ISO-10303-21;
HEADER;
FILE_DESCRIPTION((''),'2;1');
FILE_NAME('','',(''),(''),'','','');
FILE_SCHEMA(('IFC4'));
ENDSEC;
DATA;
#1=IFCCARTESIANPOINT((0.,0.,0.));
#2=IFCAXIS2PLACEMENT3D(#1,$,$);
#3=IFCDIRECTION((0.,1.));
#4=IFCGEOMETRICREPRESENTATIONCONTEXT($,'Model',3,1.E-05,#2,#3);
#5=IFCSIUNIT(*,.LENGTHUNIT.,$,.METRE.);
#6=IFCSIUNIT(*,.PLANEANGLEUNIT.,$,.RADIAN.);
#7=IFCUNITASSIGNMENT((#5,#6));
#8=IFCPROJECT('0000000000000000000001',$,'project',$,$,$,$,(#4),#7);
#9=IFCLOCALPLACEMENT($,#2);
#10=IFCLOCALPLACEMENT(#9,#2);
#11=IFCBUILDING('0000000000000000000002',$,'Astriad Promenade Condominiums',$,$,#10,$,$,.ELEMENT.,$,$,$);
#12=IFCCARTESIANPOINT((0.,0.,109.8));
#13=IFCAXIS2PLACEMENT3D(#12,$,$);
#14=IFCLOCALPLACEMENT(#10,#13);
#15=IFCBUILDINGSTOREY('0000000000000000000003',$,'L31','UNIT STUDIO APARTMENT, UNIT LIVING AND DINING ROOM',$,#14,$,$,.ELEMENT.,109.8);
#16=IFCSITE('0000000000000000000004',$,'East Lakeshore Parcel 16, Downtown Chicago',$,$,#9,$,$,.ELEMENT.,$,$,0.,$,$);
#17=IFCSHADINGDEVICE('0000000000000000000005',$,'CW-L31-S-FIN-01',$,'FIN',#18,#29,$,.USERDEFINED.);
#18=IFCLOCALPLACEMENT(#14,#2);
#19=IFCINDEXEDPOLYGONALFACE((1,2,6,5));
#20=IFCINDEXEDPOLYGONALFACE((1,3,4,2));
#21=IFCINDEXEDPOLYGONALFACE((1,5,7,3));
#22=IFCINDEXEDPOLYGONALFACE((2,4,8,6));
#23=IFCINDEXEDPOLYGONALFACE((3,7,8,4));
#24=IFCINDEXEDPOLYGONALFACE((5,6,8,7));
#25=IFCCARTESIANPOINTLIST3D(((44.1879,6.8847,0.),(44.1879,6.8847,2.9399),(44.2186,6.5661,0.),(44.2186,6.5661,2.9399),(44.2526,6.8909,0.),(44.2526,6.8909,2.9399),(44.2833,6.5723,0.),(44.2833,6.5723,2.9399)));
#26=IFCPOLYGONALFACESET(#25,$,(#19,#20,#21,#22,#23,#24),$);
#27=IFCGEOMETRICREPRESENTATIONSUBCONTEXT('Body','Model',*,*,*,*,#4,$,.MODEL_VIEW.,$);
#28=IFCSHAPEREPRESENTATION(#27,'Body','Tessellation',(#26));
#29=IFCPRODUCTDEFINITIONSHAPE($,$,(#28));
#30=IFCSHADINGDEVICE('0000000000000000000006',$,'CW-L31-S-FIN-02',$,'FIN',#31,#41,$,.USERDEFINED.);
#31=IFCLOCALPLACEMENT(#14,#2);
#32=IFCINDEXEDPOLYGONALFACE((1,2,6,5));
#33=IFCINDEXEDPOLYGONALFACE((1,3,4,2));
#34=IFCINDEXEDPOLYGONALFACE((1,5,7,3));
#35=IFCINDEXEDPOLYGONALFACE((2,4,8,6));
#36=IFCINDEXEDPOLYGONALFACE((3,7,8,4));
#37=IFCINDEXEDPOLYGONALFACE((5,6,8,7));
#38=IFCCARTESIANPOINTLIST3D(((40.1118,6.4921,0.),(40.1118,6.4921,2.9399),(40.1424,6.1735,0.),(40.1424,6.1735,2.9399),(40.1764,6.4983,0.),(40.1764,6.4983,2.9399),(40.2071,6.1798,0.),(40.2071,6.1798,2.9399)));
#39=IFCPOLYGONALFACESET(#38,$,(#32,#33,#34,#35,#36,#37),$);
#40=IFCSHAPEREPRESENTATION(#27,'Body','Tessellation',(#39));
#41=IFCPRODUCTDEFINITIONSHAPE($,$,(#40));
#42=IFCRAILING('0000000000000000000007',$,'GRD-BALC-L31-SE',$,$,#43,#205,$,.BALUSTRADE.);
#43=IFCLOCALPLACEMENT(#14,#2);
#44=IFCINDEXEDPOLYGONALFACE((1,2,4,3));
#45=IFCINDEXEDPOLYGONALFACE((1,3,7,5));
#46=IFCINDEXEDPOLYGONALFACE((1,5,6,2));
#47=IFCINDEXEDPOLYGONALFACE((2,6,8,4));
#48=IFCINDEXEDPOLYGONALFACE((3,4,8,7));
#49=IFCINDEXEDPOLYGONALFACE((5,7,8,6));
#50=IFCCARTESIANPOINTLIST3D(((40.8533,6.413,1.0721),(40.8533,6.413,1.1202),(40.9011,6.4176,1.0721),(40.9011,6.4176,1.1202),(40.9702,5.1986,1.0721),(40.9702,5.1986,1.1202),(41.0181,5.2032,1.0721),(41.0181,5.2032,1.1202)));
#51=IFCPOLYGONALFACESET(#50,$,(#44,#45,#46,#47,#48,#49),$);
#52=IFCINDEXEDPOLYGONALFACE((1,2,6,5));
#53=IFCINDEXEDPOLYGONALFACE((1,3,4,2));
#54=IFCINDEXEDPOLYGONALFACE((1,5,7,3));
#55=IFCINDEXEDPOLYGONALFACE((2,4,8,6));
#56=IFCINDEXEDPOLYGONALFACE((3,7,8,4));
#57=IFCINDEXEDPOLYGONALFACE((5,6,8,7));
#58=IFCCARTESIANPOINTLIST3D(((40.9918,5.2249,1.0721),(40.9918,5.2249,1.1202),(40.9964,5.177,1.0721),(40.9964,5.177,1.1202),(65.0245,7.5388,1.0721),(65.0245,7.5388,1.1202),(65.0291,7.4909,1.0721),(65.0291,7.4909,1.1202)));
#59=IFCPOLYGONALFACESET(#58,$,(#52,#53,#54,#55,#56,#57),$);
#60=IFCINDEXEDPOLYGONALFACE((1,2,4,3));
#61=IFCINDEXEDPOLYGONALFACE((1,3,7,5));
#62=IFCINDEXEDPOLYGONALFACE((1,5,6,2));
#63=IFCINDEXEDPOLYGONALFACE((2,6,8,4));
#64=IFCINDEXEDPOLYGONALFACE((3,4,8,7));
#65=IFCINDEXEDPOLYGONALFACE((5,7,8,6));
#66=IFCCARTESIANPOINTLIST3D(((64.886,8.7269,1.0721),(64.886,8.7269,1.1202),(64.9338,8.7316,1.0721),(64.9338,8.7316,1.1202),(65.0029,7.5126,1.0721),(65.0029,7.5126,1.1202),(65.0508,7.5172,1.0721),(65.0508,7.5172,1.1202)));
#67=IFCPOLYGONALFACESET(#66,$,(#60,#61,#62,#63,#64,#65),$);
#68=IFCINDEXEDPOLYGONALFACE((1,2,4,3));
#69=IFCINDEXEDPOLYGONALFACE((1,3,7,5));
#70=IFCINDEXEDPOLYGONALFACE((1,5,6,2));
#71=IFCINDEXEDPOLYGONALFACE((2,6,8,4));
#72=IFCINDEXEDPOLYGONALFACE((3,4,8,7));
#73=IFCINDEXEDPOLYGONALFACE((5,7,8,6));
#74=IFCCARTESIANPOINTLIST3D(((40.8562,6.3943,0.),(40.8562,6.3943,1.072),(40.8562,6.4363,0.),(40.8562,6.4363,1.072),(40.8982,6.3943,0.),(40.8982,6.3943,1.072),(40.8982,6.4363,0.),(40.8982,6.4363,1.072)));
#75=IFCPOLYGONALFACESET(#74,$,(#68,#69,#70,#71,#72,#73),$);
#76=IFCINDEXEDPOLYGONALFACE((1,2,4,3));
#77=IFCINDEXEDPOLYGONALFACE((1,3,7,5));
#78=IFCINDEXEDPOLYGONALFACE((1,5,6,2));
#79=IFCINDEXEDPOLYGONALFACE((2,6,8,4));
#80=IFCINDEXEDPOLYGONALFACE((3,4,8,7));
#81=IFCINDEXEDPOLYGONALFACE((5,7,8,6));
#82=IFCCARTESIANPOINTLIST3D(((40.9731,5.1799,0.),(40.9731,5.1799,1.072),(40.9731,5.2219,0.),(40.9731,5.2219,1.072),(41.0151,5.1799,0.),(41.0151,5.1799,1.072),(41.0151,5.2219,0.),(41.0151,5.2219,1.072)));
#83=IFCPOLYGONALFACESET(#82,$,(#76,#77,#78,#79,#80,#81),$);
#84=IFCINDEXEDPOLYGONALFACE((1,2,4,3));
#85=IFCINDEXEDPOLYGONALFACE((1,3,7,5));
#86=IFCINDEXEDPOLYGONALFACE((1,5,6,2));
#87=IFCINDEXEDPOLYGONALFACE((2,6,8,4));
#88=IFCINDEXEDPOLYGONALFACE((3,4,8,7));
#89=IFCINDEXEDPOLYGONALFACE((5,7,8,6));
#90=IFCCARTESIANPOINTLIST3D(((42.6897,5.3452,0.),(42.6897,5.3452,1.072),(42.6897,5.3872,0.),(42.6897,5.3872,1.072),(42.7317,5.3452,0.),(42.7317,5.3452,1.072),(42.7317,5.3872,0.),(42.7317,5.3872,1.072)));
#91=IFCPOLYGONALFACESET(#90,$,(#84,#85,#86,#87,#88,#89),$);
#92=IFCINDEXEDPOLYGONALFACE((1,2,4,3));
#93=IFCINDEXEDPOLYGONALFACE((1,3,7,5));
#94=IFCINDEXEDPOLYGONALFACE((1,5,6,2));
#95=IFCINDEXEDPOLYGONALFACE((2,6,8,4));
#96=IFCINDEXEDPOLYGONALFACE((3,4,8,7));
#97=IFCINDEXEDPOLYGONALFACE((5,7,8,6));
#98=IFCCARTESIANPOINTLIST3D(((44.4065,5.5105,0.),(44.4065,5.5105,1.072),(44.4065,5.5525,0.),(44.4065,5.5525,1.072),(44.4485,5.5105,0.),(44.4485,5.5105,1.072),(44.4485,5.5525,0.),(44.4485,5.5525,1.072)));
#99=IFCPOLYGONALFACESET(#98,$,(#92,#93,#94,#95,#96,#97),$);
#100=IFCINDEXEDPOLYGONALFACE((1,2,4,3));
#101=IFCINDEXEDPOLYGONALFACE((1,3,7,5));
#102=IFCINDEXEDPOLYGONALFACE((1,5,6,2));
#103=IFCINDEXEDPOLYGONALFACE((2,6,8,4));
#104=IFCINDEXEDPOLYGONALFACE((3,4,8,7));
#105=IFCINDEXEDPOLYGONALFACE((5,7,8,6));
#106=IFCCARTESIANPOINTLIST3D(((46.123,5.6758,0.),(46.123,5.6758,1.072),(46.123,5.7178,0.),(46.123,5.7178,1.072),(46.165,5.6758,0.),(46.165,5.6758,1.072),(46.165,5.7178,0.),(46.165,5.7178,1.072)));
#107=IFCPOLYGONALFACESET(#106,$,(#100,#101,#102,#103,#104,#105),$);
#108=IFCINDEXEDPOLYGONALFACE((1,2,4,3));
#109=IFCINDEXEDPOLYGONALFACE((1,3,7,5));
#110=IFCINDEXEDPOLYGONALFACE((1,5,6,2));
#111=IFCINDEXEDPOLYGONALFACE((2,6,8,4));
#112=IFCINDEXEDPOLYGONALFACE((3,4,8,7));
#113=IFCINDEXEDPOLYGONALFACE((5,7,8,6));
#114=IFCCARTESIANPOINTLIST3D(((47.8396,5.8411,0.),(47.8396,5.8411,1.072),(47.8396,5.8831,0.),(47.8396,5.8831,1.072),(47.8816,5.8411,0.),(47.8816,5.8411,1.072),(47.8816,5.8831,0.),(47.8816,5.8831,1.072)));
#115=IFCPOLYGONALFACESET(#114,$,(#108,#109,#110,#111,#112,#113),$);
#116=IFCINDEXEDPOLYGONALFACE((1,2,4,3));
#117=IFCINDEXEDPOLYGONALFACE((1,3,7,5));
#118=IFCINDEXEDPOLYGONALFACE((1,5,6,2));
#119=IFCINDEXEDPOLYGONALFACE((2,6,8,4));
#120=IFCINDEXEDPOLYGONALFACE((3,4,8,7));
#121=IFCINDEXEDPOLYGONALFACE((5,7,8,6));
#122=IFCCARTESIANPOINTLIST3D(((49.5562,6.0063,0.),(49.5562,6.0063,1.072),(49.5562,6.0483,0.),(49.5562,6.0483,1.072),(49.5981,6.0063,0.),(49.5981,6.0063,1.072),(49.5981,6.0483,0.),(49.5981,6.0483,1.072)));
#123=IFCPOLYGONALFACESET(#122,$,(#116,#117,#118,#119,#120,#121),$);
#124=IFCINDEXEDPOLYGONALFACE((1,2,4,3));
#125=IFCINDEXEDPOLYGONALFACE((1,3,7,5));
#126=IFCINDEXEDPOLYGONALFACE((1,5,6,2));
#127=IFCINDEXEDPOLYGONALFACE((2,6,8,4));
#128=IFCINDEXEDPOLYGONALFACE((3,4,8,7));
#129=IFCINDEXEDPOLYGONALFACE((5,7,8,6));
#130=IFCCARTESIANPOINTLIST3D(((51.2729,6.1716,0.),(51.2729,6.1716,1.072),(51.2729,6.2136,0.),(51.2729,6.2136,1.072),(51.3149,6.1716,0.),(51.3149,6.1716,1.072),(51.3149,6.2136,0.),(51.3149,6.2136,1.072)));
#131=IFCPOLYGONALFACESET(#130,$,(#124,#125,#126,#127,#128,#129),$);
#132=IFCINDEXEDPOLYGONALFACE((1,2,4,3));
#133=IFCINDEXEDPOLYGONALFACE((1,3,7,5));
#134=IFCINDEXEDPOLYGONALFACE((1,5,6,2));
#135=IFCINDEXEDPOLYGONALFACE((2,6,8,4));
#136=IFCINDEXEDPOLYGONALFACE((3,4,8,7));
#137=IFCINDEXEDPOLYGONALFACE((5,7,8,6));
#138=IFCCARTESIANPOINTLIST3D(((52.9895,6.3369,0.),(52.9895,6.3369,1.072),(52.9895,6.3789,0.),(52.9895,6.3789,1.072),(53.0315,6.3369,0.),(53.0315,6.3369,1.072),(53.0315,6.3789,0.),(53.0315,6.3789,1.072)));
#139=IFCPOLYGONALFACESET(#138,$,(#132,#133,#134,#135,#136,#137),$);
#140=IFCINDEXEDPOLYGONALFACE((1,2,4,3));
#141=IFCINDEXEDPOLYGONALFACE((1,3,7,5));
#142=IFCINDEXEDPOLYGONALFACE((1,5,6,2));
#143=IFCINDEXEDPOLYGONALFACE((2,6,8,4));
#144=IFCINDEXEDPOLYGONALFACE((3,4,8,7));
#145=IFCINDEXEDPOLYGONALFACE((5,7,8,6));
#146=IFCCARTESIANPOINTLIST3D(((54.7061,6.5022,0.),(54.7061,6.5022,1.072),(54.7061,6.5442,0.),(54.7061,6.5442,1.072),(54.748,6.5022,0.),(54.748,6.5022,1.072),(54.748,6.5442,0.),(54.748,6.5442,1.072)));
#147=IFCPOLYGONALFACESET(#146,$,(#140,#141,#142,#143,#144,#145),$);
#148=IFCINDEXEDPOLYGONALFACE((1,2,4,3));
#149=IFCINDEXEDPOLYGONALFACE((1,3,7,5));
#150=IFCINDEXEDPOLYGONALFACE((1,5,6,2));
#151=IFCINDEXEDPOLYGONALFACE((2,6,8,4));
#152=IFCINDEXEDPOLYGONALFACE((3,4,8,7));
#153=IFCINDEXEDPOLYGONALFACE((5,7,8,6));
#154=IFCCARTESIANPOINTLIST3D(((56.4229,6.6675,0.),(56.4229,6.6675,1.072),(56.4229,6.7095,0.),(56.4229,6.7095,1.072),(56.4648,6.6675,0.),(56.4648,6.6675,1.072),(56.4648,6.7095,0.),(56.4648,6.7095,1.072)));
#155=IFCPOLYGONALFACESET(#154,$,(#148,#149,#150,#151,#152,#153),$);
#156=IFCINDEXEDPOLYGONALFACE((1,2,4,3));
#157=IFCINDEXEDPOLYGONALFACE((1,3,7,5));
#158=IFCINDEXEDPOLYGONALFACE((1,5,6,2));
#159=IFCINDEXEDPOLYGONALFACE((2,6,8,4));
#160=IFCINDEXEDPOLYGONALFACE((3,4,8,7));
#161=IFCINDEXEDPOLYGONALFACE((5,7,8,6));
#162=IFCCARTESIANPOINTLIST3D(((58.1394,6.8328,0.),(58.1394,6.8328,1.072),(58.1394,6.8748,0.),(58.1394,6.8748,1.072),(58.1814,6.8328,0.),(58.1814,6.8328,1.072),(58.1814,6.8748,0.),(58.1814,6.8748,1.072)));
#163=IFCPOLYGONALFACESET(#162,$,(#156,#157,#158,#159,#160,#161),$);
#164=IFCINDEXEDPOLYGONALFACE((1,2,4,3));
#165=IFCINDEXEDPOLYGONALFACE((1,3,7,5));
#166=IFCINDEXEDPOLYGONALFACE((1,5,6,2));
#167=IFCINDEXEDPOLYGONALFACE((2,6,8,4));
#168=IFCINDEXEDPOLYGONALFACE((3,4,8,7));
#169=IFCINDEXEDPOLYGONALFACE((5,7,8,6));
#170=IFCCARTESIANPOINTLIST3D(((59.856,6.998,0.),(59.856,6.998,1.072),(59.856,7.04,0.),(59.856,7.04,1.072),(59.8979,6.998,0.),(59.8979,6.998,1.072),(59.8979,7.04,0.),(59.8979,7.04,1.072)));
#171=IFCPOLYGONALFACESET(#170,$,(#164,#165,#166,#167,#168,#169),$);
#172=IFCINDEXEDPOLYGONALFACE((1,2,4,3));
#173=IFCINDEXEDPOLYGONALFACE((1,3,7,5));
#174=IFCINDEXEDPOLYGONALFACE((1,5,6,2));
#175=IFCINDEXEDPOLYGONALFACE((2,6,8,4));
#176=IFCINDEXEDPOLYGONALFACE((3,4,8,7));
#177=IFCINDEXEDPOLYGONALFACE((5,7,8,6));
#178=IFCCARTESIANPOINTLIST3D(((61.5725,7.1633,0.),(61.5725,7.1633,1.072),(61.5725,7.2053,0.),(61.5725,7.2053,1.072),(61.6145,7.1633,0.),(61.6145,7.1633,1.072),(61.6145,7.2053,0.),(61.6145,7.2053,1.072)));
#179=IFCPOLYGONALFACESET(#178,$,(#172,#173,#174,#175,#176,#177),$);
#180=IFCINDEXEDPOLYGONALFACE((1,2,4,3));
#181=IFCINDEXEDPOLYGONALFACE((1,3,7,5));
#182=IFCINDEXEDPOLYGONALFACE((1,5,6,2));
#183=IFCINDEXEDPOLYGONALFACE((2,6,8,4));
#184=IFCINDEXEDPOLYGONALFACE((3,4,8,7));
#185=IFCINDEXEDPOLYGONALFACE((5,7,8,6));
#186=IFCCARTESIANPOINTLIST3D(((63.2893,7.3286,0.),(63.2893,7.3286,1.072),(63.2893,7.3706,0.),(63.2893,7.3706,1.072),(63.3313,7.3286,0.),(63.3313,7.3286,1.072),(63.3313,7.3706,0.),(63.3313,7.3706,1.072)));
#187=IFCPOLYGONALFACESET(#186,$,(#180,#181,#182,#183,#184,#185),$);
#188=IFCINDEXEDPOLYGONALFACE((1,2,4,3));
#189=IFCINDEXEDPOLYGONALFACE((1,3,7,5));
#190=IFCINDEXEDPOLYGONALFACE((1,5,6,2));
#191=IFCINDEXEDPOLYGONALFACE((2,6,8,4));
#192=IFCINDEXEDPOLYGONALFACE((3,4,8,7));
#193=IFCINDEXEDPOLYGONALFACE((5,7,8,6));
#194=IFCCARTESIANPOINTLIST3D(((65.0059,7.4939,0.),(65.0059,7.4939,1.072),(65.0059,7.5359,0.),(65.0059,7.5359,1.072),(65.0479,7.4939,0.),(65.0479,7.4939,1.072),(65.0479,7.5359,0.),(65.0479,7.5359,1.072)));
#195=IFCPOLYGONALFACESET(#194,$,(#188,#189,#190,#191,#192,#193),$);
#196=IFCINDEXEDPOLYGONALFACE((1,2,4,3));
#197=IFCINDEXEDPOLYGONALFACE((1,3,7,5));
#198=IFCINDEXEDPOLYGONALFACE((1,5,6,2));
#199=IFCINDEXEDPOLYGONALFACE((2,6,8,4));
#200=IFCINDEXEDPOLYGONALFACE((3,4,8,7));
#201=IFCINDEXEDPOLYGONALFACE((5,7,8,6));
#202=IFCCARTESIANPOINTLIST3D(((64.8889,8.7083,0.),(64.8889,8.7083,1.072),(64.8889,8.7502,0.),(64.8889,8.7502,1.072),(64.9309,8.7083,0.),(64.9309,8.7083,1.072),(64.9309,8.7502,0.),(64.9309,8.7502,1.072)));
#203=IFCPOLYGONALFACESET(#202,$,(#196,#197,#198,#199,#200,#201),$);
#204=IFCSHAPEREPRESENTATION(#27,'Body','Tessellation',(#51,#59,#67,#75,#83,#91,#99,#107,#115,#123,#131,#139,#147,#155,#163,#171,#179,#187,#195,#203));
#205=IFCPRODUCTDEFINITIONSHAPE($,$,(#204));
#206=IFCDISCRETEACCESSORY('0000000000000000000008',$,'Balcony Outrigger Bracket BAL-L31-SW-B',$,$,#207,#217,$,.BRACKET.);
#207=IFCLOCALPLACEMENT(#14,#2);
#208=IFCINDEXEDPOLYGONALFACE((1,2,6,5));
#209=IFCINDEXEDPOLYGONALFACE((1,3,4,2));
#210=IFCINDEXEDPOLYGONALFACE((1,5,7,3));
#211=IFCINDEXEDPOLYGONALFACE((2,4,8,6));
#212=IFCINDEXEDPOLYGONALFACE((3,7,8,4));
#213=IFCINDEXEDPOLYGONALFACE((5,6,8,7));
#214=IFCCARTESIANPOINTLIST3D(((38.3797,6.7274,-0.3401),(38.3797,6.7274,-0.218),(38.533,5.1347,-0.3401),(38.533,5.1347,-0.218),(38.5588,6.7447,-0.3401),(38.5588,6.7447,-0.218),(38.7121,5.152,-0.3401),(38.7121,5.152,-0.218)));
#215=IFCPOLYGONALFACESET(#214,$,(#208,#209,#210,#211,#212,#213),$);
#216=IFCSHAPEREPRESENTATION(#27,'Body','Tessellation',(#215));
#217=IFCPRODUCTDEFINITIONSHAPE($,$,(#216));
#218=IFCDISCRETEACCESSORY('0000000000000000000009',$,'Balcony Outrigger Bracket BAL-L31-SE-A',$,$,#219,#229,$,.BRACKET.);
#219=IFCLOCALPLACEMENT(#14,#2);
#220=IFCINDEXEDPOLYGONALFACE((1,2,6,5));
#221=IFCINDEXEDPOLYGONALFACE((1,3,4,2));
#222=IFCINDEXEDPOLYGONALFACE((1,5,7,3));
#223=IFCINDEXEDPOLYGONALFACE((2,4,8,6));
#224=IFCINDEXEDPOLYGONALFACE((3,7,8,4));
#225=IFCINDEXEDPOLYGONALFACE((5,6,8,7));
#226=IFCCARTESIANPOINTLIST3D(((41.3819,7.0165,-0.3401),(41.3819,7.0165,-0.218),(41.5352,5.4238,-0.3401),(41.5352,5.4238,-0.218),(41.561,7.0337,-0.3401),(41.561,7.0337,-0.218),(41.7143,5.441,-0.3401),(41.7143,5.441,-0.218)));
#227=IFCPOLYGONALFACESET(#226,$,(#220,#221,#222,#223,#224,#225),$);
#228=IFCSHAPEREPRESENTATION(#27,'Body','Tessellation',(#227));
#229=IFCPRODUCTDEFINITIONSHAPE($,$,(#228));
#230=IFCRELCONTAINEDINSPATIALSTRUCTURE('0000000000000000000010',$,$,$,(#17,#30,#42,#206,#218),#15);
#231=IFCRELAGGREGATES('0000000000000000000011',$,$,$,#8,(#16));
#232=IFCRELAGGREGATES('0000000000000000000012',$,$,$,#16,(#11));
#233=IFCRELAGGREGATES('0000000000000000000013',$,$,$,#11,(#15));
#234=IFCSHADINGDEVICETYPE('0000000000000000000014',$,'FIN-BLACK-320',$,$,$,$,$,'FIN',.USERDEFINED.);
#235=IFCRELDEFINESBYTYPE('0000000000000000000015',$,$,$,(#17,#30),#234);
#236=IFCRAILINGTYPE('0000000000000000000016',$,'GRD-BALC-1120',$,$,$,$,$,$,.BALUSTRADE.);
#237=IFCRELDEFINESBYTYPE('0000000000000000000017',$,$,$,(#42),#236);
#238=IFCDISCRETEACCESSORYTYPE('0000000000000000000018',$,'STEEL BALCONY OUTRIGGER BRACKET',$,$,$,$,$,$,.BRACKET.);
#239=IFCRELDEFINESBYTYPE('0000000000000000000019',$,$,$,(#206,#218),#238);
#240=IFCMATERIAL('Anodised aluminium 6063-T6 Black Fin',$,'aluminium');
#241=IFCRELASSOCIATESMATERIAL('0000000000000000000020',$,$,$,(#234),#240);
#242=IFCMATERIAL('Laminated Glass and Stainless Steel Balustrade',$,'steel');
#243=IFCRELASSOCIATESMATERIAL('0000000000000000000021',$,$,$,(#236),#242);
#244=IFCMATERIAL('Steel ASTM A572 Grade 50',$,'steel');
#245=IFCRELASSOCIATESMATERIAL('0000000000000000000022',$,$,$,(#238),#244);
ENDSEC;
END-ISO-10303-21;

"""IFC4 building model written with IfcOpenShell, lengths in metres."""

from ifc_helpers import new_model, si_unit, direction, frame, origin, origin_2d, place, context, subcontext, project, spatial, rectangle, extrude, source, transform, mapped, material, type_object, type_shapes, element, save


model = new_model("IFC4")

# Units and contexts
model_context = context("Model", 3, precision=1e-05, world=origin(), true_north=direction((0.0, 1.0)))
body_context = subcontext(model_context, "Body", "Model", "MODEL_VIEW")
ifc_project = project(units=[si_unit("LENGTHUNIT", "METRE"), si_unit("PLANEANGLEUNIT", "RADIAN")], contexts=[model_context])

# Site, building, storey
site_placement = place(None, origin())
site = spatial("IfcSite", under=ifc_project, at=site_placement, Name="East Lakeshore Parcel 16, Downtown Chicago", CompositionType="ELEMENT", RefElevation=0.0)
building_placement = place(site_placement, origin())
building = spatial("IfcBuilding", under=site, at=building_placement, Name="Astriad Promenade Condominiums", CompositionType="ELEMENT")
storey_placement = place(building_placement, frame((0.0, 0.0, 109.8)))
storey = spatial("IfcBuildingStorey", under=building, at=storey_placement, Name="L31", Description="UNIT STUDIO APARTMENT, UNIT LIVING AND DINING ROOM", CompositionType="ELEMENT", Elevation=109.8)

# Shading devices
ifc_material_1 = material(Name="Anodised aluminium 6063-T6 Black Fin", Category="aluminium")
shading_device_type = type_object("IfcShadingDeviceType", Name="FIN-BLACK-320", ElementType="FIN", PredefinedType="USERDEFINED", material=ifc_material_1)
shared_shape_1 = source(origin(), body_context, "Body", "SweptSolid", [
    extrude(rectangle(XDim=0.0649, YDim=0.3201, at=origin_2d()), origin(), (0.0, 0.0, 1.0), 2.9399),
])
type_shapes(shading_device_type, [shared_shape_1])
for number, where, z_axis, x_axis, name in (
    (1, (44.2356, 6.7285, 0.0), (0.0, 0.0, 1.0), (-0.995396, -0.095846, 0.0), "CW-L31-S-FIN-01"),
    (2, (40.1594, 6.3359, 0.0), (0.0, 0.0, 1.0), (-0.995396, -0.095846, 0.0), "CW-L31-S-FIN-02"),
):
    element("IfcShadingDevice", number, at=place(storey_placement, frame(where, z_axis=z_axis, x_axis=x_axis)), inside=storey, type_object=shading_device_type, Name=name, ObjectType="FIN", PredefinedType="USERDEFINED", context=body_context, shape_type="MappedRepresentation", body=[
        mapped(shared_shape_1, transform((0.0, 0.0, 0.0), scale=1.0)),
    ])

# Railing
ifc_material_2 = material(Name="Laminated Glass and Stainless Steel Balustrade", Category="steel")
railing_type = type_object("IfcRailingType", Name="GRD-BALC-1120", PredefinedType="BALUSTRADE", material=ifc_material_2)
shared_shape_2 = source(origin(), body_context, "Body", "SweptSolid", [
    extrude(rectangle(XDim=0.0481, YDim=0.0481, at=origin_2d()), frame((0.0, 0.0, 1.0962), z_axis=(0.095857, -0.995395, 0.0), x_axis=(0.995395, 0.095857, 0.0)), (0.0, 0.0, 1.0), 1.22),
    extrude(rectangle(XDim=0.0481, YDim=0.0481, at=origin_2d()), frame((0.1169, -1.2144, 1.0962), z_axis=(0.995397, 0.095841, 0.0), x_axis=(-0.095841, 0.995397, 0.0)), (0.0, 0.0, 1.0), 24.1438),
    extrude(rectangle(XDim=0.0481, YDim=0.0481, at=origin_2d()), frame((24.1497, 1.0996, 1.0962), z_axis=(-0.095857, 0.995395, 0.0), x_axis=(-0.995395, -0.095857, 0.0)), (0.0, 0.0, 1.0), 1.22),
    extrude(rectangle(XDim=0.042, YDim=0.042, at=origin_2d()), origin(), (0.0, 0.0, 1.0), 1.072),
    extrude(rectangle(XDim=0.042, YDim=0.042, at=origin_2d()), frame((0.1169, -1.2144, 0.0)), (0.0, 0.0, 1.0), 1.072),
    extrude(rectangle(XDim=0.042, YDim=0.042, at=origin_2d()), frame((1.8335, -1.0491, 0.0)), (0.0, 0.0, 1.0), 1.072),
    extrude(rectangle(XDim=0.042, YDim=0.042, at=origin_2d()), frame((3.5503, -0.8838, 0.0)), (0.0, 0.0, 1.0), 1.072),
    extrude(rectangle(XDim=0.042, YDim=0.042, at=origin_2d()), frame((5.2668, -0.7185, 0.0)), (0.0, 0.0, 1.0), 1.072),
    extrude(rectangle(XDim=0.042, YDim=0.042, at=origin_2d()), frame((6.9834, -0.5532, 0.0)), (0.0, 0.0, 1.0), 1.072),
    extrude(rectangle(XDim=0.042, YDim=0.042, at=origin_2d()), frame((8.7, -0.3879, 0.0)), (0.0, 0.0, 1.0), 1.072),
    extrude(rectangle(XDim=0.042, YDim=0.042, at=origin_2d()), frame((10.4167, -0.2227, 0.0)), (0.0, 0.0, 1.0), 1.072),
    extrude(rectangle(XDim=0.042, YDim=0.042, at=origin_2d()), frame((12.1333, -0.0574, 0.0)), (0.0, 0.0, 1.0), 1.072),
    extrude(rectangle(XDim=0.042, YDim=0.042, at=origin_2d()), frame((13.8499, 0.1079, 0.0)), (0.0, 0.0, 1.0), 1.072),
    extrude(rectangle(XDim=0.042, YDim=0.042, at=origin_2d()), frame((15.5667, 0.2732, 0.0)), (0.0, 0.0, 1.0), 1.072),
    extrude(rectangle(XDim=0.042, YDim=0.042, at=origin_2d()), frame((17.2832, 0.4385, 0.0)), (0.0, 0.0, 1.0), 1.072),
    extrude(rectangle(XDim=0.042, YDim=0.042, at=origin_2d()), frame((18.9998, 0.6038, 0.0)), (0.0, 0.0, 1.0), 1.072),
    extrude(rectangle(XDim=0.042, YDim=0.042, at=origin_2d()), frame((20.7163, 0.769, 0.0)), (0.0, 0.0, 1.0), 1.072),
    extrude(rectangle(XDim=0.042, YDim=0.042, at=origin_2d()), frame((22.4331, 0.9343, 0.0)), (0.0, 0.0, 1.0), 1.072),
    extrude(rectangle(XDim=0.042, YDim=0.042, at=origin_2d()), frame((24.1497, 1.0996, 0.0)), (0.0, 0.0, 1.0), 1.072),
    extrude(rectangle(XDim=0.042, YDim=0.042, at=origin_2d()), frame((24.0327, 2.314, 0.0)), (0.0, 0.0, 1.0), 1.072),
])
type_shapes(railing_type, [shared_shape_2])
railing_placement = place(storey_placement, frame((40.8772, 6.4153, 0.0)))
element("IfcRailing", 3, at=railing_placement, inside=storey, type_object=railing_type, Name="GRD-BALC-L31-SE", PredefinedType="BALUSTRADE", context=body_context, shape_type="MappedRepresentation", body=[
    mapped(shared_shape_2, transform((0.0, 0.0, 0.0), scale=1.0)),
])

# Discrete accessories
ifc_material_3 = material(Name="Steel ASTM A572 Grade 50", Category="steel")
discrete_accessory_type = type_object("IfcDiscreteAccessoryType", Name="STEEL BALCONY OUTRIGGER BRACKET", PredefinedType="BRACKET", material=ifc_material_3)
shared_shape_3 = source(origin(), body_context, "Body", "SweptSolid", [
    extrude(rectangle(XDim=1.6001, YDim=0.1799, at=origin_2d()), origin(), (0.0, 0.0, 1.0), 0.1221),
])
type_shapes(discrete_accessory_type, [shared_shape_3])
for number, where, z_axis, x_axis, name in (
    (4, (38.5459, 5.9397, -0.3401), (0.0, 0.0, 1.0), (0.095846, -0.995396, 0.0), "Balcony Outrigger Bracket BAL-L31-SW-B"),
    (5, (41.5481, 6.2288, -0.3401), (0.0, 0.0, 1.0), (0.095846, -0.995396, 0.0), "Balcony Outrigger Bracket BAL-L31-SE-A"),
):
    element("IfcDiscreteAccessory", number, at=place(storey_placement, frame(where, z_axis=z_axis, x_axis=x_axis)), inside=storey, type_object=discrete_accessory_type, Name=name, PredefinedType="BRACKET", context=body_context, shape_type="MappedRepresentation", body=[
        mapped(shared_shape_3, transform((0.0, 0.0, 0.0), scale=1.0)),
    ])

save(model, "model.ifc")
